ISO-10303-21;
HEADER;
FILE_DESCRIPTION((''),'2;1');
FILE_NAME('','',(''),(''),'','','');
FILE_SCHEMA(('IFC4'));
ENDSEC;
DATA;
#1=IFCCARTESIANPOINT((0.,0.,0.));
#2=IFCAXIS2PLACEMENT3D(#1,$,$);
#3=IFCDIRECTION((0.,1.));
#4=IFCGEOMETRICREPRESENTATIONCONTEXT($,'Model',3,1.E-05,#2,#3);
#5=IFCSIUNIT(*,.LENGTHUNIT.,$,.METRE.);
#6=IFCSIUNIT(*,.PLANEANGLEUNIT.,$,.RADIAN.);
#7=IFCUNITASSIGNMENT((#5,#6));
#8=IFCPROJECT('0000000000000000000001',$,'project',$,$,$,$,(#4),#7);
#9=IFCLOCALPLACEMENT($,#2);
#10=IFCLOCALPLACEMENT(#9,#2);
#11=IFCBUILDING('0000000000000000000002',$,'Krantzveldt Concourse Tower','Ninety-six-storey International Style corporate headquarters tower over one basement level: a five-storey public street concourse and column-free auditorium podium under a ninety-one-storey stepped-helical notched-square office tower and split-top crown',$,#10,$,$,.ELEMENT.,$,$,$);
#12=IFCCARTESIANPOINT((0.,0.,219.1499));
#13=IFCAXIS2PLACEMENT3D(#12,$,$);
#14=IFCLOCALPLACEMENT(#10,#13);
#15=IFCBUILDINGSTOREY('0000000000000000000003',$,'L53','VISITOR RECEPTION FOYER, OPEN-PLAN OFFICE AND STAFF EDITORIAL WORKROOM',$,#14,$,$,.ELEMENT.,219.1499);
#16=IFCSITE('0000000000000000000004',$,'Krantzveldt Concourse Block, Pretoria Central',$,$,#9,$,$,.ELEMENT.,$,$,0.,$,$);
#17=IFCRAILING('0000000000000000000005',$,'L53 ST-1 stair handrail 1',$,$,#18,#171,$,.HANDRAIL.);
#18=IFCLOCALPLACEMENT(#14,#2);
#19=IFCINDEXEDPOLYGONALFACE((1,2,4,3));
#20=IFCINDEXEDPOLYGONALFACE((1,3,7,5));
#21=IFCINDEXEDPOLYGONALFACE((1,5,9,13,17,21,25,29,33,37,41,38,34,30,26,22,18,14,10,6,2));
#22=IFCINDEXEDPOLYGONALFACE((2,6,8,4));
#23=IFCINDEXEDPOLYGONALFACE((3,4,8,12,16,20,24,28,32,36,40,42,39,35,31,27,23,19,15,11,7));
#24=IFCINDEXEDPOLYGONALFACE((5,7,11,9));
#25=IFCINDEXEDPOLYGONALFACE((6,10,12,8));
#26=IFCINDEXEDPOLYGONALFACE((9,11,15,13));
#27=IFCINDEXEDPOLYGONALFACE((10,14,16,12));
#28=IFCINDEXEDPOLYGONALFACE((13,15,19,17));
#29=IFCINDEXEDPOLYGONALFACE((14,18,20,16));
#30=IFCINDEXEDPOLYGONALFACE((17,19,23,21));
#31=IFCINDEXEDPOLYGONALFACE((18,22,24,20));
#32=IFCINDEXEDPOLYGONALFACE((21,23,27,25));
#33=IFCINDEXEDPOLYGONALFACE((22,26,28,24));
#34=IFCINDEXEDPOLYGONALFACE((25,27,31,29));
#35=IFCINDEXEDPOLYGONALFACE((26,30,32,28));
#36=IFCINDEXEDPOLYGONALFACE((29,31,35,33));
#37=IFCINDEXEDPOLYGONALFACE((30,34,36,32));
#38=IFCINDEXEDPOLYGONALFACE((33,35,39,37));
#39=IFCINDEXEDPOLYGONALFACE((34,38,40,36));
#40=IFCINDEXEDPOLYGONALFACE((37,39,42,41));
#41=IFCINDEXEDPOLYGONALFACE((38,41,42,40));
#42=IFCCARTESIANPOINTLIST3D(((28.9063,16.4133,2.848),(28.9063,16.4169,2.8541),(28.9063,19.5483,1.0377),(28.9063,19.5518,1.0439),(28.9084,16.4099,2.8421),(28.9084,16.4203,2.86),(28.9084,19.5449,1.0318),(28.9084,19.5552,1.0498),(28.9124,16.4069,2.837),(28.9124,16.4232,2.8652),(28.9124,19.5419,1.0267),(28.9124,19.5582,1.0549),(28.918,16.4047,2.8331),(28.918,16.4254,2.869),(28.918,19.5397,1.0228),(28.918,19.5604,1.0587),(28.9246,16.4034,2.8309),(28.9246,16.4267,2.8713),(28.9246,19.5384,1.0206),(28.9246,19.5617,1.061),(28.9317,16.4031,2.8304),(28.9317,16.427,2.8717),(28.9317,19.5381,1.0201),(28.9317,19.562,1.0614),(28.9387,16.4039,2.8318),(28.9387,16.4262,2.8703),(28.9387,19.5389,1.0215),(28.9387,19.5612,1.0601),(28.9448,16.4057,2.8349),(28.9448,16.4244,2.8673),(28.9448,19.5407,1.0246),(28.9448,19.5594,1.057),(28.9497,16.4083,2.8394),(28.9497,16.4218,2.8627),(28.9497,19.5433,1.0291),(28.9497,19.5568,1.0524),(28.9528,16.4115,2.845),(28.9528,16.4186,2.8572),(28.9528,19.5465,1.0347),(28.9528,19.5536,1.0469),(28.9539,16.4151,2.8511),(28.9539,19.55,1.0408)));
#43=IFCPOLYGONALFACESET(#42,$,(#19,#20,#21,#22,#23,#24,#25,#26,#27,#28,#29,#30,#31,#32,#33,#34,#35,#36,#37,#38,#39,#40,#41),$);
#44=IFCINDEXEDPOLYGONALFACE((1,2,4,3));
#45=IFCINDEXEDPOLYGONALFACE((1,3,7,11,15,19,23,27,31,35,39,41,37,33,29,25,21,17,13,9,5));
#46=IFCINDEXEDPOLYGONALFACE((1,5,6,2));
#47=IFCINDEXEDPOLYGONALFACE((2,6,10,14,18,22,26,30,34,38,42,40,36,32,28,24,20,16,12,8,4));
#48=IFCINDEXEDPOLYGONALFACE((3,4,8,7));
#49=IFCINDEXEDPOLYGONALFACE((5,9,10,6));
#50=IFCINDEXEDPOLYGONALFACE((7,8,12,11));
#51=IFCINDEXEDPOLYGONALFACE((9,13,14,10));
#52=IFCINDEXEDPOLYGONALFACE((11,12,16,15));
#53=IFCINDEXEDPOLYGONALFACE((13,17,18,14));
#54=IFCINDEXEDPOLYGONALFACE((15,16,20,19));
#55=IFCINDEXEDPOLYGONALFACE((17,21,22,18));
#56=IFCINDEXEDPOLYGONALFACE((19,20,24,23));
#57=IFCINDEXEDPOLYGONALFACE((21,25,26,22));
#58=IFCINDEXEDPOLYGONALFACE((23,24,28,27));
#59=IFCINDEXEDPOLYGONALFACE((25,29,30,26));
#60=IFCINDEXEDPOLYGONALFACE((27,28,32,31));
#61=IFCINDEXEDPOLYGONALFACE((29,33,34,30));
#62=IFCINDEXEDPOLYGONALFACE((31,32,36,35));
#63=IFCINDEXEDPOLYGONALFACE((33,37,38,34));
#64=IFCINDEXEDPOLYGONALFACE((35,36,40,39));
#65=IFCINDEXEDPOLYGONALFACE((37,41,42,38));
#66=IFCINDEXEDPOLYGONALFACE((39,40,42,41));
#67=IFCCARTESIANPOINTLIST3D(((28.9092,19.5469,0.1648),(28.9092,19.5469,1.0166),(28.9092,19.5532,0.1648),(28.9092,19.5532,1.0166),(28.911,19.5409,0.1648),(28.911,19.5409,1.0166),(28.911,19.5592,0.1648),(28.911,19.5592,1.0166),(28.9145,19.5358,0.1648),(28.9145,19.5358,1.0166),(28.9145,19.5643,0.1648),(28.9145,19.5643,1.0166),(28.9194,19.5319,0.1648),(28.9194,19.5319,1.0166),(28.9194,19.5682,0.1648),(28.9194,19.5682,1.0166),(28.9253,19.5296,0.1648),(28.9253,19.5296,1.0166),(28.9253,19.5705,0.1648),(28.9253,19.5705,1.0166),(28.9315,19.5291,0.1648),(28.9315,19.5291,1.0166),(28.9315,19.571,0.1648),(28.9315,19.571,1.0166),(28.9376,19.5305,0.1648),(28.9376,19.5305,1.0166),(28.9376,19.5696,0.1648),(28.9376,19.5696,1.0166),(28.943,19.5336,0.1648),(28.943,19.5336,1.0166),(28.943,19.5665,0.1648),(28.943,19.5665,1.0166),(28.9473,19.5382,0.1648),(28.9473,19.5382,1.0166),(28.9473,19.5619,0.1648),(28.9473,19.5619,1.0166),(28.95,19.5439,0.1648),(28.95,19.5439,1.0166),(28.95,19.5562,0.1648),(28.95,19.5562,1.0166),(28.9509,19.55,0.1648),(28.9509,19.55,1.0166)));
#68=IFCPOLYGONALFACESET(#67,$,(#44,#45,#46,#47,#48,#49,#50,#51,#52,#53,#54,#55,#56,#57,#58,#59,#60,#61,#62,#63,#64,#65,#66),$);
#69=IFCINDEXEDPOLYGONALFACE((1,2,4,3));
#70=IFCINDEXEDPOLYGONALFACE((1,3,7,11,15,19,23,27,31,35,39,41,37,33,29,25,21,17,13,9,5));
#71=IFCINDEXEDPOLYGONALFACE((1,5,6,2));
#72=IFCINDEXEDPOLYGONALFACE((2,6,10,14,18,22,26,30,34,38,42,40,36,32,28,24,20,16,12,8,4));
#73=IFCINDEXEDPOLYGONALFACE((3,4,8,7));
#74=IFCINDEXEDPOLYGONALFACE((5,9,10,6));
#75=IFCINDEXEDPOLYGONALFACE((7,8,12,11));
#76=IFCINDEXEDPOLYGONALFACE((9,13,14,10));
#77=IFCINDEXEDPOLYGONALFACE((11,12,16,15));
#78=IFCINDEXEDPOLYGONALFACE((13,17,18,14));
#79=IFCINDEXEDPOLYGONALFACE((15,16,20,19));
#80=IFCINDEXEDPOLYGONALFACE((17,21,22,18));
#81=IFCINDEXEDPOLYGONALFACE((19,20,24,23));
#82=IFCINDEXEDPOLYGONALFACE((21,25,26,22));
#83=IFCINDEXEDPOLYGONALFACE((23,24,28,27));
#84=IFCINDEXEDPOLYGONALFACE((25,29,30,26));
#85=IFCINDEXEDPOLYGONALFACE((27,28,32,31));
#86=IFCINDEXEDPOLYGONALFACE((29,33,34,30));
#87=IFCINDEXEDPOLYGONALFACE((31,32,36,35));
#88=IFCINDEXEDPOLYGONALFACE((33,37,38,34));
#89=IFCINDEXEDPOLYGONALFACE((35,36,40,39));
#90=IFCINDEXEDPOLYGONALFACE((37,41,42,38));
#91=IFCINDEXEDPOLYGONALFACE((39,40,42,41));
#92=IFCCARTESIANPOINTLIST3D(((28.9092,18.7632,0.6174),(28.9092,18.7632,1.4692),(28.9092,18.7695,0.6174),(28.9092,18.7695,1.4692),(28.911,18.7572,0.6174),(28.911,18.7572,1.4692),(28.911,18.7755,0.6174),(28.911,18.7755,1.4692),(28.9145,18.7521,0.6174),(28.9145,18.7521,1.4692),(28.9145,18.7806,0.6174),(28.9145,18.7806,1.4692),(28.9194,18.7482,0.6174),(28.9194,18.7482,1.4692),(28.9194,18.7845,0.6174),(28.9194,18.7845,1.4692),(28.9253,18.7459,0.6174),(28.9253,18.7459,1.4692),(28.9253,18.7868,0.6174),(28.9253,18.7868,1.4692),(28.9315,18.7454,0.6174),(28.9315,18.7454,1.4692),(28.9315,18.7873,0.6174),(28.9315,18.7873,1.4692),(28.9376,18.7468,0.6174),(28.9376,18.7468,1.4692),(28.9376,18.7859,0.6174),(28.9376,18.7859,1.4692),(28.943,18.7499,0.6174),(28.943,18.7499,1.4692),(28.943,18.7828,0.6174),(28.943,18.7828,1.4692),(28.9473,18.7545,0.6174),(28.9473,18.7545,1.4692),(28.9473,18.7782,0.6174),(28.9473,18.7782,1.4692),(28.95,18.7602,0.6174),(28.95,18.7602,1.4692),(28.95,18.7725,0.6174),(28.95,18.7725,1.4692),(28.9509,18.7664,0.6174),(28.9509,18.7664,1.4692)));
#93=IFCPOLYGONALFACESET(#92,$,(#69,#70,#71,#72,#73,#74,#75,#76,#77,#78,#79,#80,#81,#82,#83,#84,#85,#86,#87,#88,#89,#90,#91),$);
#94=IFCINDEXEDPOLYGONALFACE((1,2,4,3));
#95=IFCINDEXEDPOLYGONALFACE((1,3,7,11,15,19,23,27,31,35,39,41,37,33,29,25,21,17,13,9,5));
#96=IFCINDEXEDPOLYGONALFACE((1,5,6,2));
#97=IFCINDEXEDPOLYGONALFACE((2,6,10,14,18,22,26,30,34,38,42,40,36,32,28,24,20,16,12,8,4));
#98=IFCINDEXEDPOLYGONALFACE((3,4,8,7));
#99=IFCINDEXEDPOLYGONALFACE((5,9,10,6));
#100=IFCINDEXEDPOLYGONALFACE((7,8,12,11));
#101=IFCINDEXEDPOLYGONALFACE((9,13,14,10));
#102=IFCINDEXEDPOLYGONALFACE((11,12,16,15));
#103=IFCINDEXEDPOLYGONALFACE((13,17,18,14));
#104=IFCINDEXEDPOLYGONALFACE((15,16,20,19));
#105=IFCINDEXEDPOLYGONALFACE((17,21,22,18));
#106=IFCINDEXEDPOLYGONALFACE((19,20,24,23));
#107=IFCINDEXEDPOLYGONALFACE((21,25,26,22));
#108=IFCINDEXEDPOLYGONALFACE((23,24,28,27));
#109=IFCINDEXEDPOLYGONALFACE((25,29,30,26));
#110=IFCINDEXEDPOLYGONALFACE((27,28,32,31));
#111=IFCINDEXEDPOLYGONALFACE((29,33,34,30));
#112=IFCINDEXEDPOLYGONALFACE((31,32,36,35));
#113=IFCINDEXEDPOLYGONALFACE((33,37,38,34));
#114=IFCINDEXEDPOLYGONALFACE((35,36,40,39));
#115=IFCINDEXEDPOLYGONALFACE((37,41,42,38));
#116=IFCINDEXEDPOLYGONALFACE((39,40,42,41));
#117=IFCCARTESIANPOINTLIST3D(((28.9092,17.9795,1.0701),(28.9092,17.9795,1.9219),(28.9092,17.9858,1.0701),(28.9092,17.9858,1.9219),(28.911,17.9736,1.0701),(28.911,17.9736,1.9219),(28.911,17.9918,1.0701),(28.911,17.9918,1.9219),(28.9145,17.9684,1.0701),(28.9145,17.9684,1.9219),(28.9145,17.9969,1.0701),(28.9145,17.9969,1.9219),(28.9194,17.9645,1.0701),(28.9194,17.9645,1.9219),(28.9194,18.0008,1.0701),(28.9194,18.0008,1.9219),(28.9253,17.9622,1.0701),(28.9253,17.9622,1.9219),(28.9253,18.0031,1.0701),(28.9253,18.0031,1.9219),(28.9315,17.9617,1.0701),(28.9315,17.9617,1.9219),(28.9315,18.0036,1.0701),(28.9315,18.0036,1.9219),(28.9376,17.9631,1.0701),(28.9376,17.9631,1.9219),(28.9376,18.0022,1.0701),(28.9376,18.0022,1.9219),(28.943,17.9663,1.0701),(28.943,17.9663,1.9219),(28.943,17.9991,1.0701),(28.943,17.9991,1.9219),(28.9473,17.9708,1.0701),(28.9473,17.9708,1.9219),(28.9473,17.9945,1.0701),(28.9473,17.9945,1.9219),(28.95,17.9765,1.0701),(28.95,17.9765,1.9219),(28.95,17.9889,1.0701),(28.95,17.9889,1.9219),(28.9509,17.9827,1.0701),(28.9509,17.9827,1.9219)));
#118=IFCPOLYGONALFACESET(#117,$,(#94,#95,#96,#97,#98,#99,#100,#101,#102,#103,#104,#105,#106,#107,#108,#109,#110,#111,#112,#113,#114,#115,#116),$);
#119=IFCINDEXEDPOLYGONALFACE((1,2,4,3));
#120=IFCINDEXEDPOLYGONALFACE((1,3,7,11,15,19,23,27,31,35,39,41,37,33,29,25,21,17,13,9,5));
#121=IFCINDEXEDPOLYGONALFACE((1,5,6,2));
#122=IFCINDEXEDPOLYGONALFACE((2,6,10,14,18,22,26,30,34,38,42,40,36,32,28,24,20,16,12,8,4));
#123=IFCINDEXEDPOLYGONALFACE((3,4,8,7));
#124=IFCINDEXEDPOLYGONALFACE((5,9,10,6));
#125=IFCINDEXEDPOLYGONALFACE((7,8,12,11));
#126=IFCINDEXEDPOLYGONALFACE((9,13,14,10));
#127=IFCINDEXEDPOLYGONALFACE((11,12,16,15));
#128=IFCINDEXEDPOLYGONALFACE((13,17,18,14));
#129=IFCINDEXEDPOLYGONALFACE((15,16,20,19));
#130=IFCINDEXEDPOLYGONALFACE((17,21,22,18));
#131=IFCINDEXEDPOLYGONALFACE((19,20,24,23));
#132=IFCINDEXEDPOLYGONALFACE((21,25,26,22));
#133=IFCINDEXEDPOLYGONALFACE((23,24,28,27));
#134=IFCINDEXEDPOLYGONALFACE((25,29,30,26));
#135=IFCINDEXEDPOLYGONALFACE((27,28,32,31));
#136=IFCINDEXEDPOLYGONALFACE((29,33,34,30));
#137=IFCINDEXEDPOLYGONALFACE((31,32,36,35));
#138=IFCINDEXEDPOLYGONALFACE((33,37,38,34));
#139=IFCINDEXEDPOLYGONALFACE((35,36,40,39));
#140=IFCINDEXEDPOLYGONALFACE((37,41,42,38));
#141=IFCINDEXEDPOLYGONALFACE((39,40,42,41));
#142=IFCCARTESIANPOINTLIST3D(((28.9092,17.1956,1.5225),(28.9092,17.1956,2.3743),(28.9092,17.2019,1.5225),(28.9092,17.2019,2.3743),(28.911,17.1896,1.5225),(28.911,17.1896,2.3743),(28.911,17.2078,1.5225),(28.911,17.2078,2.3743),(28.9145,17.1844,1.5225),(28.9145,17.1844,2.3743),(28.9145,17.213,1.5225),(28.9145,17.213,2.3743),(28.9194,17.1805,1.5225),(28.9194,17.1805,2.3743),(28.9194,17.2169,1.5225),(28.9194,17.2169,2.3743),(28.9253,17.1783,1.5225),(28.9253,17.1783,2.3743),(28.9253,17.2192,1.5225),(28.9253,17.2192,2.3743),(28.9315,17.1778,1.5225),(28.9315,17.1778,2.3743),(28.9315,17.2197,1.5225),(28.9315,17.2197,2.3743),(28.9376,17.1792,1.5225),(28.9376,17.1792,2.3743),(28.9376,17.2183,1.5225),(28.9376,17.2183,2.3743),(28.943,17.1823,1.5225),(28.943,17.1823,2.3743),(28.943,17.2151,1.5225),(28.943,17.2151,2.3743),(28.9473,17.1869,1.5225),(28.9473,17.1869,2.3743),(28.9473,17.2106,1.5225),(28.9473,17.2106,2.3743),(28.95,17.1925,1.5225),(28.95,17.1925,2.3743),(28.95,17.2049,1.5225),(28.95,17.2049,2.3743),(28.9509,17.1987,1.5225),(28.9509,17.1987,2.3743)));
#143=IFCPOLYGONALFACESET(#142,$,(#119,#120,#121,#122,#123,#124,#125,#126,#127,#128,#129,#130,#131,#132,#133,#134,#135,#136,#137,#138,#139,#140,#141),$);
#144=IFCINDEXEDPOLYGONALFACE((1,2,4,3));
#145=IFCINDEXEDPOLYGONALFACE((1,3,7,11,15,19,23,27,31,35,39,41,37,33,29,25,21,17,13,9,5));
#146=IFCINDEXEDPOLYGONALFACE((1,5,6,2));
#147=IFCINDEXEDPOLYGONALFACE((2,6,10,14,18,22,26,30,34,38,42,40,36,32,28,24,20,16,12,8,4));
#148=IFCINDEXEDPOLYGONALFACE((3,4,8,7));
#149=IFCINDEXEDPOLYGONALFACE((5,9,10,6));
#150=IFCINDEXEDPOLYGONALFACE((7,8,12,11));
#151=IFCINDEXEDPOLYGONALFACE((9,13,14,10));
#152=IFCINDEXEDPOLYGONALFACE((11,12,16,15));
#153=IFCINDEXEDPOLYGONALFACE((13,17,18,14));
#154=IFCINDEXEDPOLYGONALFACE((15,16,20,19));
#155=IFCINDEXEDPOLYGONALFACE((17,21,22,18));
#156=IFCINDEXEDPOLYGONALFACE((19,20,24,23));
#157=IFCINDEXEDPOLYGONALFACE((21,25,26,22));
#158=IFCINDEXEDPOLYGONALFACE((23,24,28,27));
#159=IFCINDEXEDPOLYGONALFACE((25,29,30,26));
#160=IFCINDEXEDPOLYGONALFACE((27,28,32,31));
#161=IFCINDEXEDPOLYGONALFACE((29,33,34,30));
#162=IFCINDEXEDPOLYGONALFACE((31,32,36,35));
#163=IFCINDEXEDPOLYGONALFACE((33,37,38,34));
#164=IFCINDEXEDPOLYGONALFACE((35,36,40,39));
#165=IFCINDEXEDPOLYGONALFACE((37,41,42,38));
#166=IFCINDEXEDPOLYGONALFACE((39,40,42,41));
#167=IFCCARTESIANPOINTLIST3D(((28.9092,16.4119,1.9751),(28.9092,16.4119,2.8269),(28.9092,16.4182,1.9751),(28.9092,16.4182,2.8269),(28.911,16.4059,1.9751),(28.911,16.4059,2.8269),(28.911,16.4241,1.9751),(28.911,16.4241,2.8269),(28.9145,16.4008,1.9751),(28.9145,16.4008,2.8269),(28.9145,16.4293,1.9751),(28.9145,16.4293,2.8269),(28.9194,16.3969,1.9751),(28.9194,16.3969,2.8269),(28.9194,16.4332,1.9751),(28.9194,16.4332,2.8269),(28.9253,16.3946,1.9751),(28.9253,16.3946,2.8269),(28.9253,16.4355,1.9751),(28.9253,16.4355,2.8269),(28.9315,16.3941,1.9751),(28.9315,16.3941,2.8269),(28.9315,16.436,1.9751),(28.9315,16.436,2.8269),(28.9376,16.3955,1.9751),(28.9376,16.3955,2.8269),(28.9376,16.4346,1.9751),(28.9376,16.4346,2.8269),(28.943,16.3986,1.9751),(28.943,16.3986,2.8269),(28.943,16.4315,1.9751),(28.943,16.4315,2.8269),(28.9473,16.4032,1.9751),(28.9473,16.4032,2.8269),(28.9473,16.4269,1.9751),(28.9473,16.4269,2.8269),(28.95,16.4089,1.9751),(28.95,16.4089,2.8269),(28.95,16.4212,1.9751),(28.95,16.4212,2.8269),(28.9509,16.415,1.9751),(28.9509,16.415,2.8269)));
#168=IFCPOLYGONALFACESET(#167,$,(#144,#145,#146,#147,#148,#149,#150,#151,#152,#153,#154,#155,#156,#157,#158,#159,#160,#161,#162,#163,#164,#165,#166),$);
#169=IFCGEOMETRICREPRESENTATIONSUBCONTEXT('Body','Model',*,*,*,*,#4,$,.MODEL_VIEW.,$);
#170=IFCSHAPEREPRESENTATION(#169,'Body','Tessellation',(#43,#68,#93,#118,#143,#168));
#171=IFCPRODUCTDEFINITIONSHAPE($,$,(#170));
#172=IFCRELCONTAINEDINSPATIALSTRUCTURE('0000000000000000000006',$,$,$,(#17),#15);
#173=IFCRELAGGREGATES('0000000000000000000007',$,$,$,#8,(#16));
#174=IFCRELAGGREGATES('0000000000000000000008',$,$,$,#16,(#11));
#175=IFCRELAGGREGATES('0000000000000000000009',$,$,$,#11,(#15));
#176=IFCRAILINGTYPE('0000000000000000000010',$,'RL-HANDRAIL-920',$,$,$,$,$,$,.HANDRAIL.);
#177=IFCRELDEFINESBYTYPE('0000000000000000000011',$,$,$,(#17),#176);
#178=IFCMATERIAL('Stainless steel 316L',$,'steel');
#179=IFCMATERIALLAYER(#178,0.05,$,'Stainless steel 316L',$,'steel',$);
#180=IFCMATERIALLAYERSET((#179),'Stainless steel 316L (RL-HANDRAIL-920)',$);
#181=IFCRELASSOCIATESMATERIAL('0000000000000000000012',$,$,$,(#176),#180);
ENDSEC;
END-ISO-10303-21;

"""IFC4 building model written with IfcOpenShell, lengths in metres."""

from ifc_helpers import new_model, si_unit, direction, frame, origin, origin_2d, place, context, subcontext, project, spatial, circle, extrude, material, layer, layer_set, type_object, element, save


model = new_model("IFC4")

# Units and contexts
model_context = context("Model", 3, precision=1e-05, world=origin(), true_north=direction((0.0, 1.0)))
body_context = subcontext(model_context, "Body", "Model", "MODEL_VIEW")
ifc_project = project(units=[si_unit("LENGTHUNIT", "METRE"), si_unit("PLANEANGLEUNIT", "RADIAN")], contexts=[model_context])

# Site, building, storey
site_placement = place(None, origin())
site = spatial("IfcSite", under=ifc_project, at=site_placement, Name="Krantzveldt Concourse Block, Pretoria Central", CompositionType="ELEMENT", RefElevation=0.0)
building_placement = place(site_placement, origin())
building = spatial("IfcBuilding", under=site, at=building_placement, Name="Krantzveldt Concourse Tower", Description="Ninety-six-storey International Style corporate headquarters tower over one basement level: a five-storey public street concourse and column-free auditorium podium under a ninety-one-storey stepped-helical notched-square office tower and split-top crown", CompositionType="ELEMENT")
storey_placement = place(building_placement, frame((0.0, 0.0, 219.1499)))
storey = spatial("IfcBuildingStorey", under=building, at=storey_placement, Name="L53", Description="VISITOR RECEPTION FOYER, OPEN-PLAN OFFICE AND STAFF EDITORIAL WORKROOM", CompositionType="ELEMENT", Elevation=219.1499)

# Railing
ifc_material_1 = material(Name="Stainless steel 316L", Category="steel")
ifc_layer_1 = layer(ifc_material_1, 0.05, Name="Stainless steel 316L", Category="steel")
ifc_layer_set_1 = layer_set([ifc_layer_1], Name="Stainless steel 316L (RL-HANDRAIL-920)")
railing_type_1 = type_object("IfcRailingType", Name="RL-HANDRAIL-920", PredefinedType="HANDRAIL", material=ifc_layer_set_1)
railing_1_placement = place(storey_placement, frame((28.9299, 19.55, 0.1648)))
element("IfcRailing", 1, at=railing_1_placement, inside=storey, type_object=railing_type_1, Name="L53 ST-1 stair handrail 1", PredefinedType="HANDRAIL", context=body_context, shape_type="SweptSolid", body=[
    extrude(circle(Radius=0.0239, at=origin_2d()), frame((0.0, 0.0, 0.876), z_axis=(0.0, -0.865989, 0.500063), x_axis=(1.0, 0.0, 0.0)), (0.0, 0.0, 1.0), 3.6201),
    extrude(circle(Radius=0.021, at=origin_2d()), origin(), (0.0, 0.0, 1.0), 0.8518),
    extrude(circle(Radius=0.021, at=origin_2d()), frame((0.0, -0.7837, 0.4526)), (0.0, 0.0, 1.0), 0.8518),
    extrude(circle(Radius=0.021, at=origin_2d()), frame((0.0, -1.5674, 0.9053)), (0.0, 0.0, 1.0), 0.8518),
    extrude(circle(Radius=0.021, at=origin_2d()), frame((0.0, -2.3513, 1.3577)), (0.0, 0.0, 1.0), 0.8518),
    extrude(circle(Radius=0.021, at=origin_2d()), frame((0.0, -3.135, 1.8103)), (0.0, 0.0, 1.0), 0.8518),
])

save(model, "model.ifc")
